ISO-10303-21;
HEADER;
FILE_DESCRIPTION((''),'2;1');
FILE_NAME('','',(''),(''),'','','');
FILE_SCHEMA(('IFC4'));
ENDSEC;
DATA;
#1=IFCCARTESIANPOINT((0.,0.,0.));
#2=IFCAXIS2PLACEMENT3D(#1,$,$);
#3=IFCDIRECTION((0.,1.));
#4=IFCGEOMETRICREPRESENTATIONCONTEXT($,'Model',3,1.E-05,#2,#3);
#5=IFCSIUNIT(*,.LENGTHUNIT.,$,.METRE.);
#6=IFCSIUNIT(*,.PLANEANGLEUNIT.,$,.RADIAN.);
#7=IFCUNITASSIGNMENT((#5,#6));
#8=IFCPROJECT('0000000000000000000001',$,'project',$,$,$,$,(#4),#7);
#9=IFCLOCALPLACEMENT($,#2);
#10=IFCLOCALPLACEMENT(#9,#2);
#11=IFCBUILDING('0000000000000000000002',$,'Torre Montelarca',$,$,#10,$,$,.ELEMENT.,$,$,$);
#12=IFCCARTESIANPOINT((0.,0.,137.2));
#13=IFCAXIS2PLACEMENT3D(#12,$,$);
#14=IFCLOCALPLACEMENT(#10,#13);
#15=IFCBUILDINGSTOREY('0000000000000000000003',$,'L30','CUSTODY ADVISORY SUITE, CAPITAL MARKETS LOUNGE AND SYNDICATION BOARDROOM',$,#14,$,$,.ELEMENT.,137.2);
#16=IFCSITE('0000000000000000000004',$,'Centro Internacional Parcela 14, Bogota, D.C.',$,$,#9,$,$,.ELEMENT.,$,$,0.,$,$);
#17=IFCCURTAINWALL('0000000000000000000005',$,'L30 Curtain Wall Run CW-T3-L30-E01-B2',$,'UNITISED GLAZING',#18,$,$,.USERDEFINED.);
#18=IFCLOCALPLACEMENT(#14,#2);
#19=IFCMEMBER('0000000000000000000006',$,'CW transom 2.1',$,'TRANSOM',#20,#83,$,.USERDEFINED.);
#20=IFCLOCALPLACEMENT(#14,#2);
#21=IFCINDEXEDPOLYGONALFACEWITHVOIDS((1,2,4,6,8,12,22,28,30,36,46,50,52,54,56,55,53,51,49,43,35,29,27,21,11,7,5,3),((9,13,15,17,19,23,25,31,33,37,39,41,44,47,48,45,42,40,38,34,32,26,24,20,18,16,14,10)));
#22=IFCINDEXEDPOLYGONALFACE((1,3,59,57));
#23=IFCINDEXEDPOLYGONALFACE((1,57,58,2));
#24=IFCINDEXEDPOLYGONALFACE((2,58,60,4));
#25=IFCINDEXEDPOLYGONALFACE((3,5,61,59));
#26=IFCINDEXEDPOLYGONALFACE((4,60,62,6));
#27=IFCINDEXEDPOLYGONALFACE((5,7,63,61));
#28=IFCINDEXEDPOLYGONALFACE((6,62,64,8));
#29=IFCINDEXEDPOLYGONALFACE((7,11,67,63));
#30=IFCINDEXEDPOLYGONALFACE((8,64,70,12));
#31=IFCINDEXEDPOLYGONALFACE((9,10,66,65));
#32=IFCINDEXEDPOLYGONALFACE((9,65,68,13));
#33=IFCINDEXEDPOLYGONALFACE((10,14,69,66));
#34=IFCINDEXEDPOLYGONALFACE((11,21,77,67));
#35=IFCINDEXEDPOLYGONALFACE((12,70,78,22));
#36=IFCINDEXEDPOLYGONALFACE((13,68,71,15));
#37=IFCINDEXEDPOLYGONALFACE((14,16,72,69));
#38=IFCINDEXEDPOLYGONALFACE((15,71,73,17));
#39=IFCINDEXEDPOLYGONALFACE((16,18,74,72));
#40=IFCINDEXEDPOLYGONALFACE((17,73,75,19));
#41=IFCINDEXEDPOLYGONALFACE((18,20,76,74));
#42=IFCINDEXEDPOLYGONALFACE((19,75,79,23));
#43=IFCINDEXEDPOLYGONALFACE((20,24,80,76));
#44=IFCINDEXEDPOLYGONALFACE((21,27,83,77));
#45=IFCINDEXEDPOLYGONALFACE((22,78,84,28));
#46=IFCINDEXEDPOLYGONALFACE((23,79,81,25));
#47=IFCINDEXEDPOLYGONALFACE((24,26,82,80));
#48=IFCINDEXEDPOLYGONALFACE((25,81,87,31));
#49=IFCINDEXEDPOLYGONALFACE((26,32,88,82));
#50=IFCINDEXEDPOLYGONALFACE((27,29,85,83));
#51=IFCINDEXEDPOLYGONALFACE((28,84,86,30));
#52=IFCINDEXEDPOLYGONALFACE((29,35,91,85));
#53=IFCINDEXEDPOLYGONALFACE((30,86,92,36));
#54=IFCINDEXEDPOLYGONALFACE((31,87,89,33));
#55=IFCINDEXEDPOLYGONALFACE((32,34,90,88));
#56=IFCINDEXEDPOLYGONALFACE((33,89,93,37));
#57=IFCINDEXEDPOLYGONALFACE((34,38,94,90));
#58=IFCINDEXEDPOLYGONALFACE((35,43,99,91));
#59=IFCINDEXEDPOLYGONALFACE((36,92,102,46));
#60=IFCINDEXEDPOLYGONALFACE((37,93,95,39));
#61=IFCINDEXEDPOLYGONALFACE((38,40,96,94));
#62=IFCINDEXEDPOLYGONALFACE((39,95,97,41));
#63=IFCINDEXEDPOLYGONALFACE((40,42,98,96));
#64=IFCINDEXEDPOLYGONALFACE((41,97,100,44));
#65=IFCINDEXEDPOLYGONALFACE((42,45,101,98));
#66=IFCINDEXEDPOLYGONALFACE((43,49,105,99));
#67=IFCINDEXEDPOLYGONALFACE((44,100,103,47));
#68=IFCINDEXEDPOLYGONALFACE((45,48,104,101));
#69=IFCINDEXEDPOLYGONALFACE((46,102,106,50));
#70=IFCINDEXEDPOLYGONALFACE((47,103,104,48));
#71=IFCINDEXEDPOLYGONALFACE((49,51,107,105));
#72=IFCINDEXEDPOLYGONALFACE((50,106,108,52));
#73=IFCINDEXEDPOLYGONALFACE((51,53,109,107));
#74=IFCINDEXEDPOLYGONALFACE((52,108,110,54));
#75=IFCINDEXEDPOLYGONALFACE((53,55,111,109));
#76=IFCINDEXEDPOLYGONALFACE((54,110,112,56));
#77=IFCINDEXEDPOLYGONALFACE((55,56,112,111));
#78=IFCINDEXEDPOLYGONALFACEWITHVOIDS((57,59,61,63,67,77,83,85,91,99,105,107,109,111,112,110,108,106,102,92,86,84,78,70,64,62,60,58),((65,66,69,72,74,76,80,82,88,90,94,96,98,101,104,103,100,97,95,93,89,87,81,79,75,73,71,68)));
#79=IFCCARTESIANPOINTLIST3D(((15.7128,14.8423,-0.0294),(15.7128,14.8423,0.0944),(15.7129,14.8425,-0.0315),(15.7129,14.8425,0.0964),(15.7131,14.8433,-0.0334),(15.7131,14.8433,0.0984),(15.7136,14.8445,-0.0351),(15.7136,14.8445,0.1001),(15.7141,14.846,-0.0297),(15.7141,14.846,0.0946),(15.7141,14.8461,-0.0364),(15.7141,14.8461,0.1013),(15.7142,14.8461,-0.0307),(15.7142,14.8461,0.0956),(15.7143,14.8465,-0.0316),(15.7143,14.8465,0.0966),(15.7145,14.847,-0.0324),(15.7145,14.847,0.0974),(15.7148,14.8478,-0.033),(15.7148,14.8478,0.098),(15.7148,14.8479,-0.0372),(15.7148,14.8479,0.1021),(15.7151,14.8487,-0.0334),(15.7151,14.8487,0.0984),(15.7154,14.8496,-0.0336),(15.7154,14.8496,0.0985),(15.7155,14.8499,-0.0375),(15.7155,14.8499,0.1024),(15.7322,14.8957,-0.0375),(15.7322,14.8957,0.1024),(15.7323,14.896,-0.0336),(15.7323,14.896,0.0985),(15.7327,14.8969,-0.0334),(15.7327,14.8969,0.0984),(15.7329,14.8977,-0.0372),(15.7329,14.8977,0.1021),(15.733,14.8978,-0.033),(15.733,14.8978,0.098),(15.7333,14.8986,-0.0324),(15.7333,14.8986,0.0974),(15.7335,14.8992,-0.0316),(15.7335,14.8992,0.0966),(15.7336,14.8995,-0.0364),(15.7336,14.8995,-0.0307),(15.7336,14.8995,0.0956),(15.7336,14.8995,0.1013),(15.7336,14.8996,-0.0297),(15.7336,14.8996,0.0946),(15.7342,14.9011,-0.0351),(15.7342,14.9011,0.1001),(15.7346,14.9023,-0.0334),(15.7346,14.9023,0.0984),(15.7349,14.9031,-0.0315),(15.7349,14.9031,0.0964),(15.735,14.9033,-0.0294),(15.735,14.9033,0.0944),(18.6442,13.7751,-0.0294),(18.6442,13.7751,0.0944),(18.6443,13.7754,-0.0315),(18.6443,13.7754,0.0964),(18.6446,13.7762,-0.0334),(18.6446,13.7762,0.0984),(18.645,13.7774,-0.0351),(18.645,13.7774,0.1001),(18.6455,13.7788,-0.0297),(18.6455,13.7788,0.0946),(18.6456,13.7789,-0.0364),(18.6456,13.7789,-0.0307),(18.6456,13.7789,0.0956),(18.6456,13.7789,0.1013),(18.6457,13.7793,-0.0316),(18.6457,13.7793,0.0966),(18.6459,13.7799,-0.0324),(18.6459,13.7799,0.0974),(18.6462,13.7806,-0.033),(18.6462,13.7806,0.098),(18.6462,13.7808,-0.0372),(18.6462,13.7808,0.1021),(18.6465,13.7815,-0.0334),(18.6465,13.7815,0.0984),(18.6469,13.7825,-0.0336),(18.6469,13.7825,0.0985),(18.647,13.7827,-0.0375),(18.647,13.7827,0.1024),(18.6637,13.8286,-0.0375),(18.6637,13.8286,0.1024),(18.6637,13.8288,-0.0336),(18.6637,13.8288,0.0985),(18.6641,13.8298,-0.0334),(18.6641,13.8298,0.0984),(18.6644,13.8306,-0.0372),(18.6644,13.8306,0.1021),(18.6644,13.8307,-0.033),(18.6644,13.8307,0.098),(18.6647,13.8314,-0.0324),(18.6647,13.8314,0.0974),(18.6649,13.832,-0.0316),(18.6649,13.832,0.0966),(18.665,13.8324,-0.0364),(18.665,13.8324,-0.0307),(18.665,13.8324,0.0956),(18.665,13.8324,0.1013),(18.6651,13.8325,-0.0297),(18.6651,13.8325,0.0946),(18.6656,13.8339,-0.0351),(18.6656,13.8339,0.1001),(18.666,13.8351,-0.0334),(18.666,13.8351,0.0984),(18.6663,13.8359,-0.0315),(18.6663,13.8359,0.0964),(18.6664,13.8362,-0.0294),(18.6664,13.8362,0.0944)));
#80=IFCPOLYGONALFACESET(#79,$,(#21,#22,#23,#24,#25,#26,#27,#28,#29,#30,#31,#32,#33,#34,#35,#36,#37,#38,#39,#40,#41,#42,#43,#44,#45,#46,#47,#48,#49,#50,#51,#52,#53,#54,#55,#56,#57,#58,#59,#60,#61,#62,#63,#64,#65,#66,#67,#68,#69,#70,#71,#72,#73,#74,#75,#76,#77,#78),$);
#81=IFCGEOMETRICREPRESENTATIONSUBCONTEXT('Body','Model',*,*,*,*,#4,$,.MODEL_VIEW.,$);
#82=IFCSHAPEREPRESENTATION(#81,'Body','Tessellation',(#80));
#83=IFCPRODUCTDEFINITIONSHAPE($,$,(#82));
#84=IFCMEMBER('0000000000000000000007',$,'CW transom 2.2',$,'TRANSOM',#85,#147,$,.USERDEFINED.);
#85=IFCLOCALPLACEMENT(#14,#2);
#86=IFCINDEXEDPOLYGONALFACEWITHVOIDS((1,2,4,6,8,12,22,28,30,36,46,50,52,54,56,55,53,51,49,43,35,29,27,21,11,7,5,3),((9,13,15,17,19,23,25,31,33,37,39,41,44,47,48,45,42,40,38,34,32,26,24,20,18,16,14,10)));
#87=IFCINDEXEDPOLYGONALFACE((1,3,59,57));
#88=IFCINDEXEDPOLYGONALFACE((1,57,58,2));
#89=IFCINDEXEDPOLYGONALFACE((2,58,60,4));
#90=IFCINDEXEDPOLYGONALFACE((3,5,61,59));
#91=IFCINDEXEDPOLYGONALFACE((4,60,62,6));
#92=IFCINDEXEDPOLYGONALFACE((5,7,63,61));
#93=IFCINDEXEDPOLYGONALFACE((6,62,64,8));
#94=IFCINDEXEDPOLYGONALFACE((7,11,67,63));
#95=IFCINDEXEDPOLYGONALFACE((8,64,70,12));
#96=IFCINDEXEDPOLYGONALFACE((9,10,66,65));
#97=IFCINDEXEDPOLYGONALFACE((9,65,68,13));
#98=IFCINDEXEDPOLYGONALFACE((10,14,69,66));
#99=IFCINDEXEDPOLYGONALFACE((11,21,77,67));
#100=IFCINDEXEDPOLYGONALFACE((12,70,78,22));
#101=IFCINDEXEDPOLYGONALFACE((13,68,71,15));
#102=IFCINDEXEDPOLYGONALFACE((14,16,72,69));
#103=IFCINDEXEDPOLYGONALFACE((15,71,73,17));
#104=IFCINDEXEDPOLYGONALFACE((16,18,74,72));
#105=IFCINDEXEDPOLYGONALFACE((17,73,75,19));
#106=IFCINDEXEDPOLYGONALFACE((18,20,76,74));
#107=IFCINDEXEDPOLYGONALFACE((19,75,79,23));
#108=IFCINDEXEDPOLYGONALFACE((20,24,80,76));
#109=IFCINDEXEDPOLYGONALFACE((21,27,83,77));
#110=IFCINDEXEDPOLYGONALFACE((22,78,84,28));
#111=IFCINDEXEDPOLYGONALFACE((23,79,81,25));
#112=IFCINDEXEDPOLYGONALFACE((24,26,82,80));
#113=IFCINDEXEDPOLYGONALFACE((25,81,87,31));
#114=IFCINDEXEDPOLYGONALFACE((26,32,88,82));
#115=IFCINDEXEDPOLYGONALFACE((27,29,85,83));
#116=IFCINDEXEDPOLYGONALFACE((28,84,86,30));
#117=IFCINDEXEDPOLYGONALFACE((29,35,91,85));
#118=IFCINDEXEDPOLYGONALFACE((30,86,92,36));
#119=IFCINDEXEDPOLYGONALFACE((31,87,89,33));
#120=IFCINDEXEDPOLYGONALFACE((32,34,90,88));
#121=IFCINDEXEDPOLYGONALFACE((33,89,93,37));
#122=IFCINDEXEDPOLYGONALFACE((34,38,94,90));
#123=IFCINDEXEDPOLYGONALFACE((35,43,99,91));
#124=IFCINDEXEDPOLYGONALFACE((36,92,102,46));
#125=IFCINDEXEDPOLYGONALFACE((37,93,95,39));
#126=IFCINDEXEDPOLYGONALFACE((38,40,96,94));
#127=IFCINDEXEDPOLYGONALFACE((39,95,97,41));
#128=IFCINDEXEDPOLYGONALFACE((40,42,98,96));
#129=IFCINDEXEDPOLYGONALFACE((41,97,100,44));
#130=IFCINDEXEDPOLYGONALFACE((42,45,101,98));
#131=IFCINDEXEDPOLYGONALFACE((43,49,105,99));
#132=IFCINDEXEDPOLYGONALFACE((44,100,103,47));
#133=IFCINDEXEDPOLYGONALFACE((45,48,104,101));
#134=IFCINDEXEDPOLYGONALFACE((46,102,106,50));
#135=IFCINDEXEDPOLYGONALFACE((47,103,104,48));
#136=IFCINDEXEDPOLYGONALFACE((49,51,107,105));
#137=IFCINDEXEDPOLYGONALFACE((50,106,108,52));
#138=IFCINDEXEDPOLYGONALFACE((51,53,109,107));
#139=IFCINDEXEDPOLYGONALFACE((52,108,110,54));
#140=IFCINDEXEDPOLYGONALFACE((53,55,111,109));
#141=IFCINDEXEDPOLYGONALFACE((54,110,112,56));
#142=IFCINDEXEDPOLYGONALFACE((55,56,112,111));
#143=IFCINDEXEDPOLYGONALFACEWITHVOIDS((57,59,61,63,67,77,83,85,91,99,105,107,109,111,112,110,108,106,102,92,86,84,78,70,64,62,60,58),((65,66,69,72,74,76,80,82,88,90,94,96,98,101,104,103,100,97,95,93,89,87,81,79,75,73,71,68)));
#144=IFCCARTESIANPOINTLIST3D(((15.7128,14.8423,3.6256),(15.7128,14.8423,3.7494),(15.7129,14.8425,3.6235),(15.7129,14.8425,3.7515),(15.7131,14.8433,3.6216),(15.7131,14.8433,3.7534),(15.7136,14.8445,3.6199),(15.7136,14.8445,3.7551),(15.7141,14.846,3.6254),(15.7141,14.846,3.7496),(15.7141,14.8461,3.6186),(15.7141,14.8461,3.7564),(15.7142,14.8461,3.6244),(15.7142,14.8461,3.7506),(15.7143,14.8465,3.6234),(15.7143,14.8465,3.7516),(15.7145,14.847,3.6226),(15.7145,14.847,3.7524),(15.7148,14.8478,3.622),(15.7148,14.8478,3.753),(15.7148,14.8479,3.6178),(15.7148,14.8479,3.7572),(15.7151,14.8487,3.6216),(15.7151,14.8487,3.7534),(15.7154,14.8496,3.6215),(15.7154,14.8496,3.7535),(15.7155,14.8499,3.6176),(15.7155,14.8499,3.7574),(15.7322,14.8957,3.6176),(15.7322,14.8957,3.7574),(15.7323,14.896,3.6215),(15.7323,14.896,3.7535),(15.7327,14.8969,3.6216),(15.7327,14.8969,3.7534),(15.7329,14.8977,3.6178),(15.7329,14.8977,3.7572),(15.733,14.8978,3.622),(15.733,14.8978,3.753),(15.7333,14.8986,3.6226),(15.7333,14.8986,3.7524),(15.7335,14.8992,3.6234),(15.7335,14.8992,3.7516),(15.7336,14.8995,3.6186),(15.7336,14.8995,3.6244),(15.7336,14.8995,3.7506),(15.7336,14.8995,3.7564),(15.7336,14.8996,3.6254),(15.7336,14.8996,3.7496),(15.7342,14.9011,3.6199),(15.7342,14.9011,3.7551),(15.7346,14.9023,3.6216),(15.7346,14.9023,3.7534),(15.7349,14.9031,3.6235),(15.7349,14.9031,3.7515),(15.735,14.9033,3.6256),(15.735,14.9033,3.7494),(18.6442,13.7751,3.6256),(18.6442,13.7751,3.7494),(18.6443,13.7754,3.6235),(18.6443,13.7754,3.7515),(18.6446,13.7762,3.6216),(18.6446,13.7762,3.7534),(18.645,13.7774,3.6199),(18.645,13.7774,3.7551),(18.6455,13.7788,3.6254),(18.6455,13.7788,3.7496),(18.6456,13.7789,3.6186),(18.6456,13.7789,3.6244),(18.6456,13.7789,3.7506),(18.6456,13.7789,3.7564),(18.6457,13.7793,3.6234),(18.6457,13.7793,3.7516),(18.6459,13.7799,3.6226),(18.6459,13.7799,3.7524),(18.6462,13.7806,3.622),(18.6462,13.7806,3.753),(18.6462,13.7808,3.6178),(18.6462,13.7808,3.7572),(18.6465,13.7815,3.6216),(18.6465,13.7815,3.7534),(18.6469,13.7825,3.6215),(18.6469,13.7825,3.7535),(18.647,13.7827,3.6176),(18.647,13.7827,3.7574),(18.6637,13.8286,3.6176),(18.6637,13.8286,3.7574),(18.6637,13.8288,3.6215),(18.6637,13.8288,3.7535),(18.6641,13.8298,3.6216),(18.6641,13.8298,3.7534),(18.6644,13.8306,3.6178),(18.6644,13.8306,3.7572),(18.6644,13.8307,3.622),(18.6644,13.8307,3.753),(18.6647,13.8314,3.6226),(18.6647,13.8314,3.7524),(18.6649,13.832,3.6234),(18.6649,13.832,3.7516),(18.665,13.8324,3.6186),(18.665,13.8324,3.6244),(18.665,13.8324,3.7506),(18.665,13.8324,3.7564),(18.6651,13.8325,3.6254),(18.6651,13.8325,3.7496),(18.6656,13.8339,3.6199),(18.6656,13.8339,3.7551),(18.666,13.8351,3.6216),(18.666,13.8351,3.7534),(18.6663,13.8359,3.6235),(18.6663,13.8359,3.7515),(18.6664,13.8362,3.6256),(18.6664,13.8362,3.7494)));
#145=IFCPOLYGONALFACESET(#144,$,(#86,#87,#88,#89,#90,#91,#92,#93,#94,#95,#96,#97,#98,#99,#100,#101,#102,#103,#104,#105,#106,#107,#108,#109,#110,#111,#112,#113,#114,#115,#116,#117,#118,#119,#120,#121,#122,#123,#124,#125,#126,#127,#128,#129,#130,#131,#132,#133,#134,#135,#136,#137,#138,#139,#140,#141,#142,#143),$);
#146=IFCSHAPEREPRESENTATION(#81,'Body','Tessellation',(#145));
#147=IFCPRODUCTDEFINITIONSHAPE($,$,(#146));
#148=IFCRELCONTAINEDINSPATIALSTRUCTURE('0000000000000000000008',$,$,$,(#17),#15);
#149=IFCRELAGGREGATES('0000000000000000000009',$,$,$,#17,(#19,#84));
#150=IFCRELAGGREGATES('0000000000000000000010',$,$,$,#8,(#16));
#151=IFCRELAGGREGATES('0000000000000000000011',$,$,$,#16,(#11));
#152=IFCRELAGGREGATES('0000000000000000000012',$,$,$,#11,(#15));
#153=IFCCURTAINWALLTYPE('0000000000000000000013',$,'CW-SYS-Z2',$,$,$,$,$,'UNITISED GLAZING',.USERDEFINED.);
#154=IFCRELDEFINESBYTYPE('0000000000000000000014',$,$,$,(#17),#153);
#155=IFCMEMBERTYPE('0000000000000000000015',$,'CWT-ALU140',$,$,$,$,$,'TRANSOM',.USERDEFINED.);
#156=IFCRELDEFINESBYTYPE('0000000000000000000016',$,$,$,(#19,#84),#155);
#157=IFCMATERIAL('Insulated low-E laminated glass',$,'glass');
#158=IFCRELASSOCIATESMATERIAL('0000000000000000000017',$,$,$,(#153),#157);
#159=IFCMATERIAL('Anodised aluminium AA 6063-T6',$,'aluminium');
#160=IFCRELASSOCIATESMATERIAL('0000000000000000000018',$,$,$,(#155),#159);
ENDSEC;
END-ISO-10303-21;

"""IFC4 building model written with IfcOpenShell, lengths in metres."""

from ifc_helpers import new_model, si_unit, direction, frame, origin, origin_2d, place, context, subcontext, project, spatial, hollow_rectangle, extrude, source, transform, mapped, material, material_profile, profile_set, type_object, element, aggregate, save


model = new_model("IFC4")

# Units and contexts
model_context = context("Model", 3, precision=1e-05, world=origin(), true_north=direction((0.0, 1.0)))
body_context = subcontext(model_context, "Body", "Model", "MODEL_VIEW")
ifc_project = project(units=[si_unit("LENGTHUNIT", "METRE"), si_unit("PLANEANGLEUNIT", "RADIAN")], contexts=[model_context])

# Site, building, storey
site_placement = place(None, origin())
site = spatial("IfcSite", under=ifc_project, at=site_placement, Name="Centro Internacional Parcela 14, Bogota, D.C.", CompositionType="ELEMENT", RefElevation=0.0)
building_placement = place(site_placement, origin())
building = spatial("IfcBuilding", under=site, at=building_placement, Name="Torre Montelarca", CompositionType="ELEMENT")
storey_placement = place(building_placement, frame((0.0, 0.0, 137.2)))
storey = spatial("IfcBuildingStorey", under=building, at=storey_placement, Name="L30", Description="CUSTODY ADVISORY SUITE, CAPITAL MARKETS LOUNGE AND SYNDICATION BOARDROOM", CompositionType="ELEMENT", Elevation=137.2)

# Curtain wall
ifc_material_1 = material(Name="Insulated low-E laminated glass", Category="glass")
curtain_wall_type = type_object("IfcCurtainWallType", Name="CW-SYS-Z2", ElementType="UNITISED GLAZING", PredefinedType="USERDEFINED", material=ifc_material_1)
ifc_material_2 = material(Name="Anodised aluminium AA 6063-T6", Category="aluminium")
curtain_wall_1_placement = place(storey_placement, origin())
curtain_wall_1 = element("IfcCurtainWall", 1, at=curtain_wall_1_placement, inside=storey, type_object=curtain_wall_type, Name="L30 Curtain Wall Run CW-T3-L30-E01-B2", ObjectType="UNITISED GLAZING", PredefinedType="USERDEFINED")

# Members
ifc_material_profile_1 = material_profile(ifc_material_2, hollow_rectangle(XDim=0.0649, YDim=0.1399, WallThickness=0.0039, InnerFilletRadius=0.0039, OuterFilletRadius=0.0081, at=origin_2d()), Name="ALU65X140X4", Category="aluminium")
ifc_profile_set_1 = profile_set([ifc_material_profile_1], Name="Anodised aluminium AA 6063-T6")
member_type_1 = type_object("IfcMemberType", Name="CWT-ALU140", ElementType="TRANSOM", PredefinedType="USERDEFINED", material=ifc_profile_set_1)
shared_shape_1 = source(origin(), body_context, "Body", "SweptSolid", [
    extrude(hollow_rectangle(XDim=0.0649, YDim=0.1399, WallThickness=0.0039, InnerFilletRadius=0.0039, OuterFilletRadius=0.0081, at=origin_2d()), origin(), (0.0, 0.0, 1.0), 3.1196),
])
member_1_placement = place(storey_placement, frame((15.7239, 14.8728, 0.0325), z_axis=(0.939672, -0.342076, 0.0), x_axis=(0.342076, 0.939672, 0.0)))
member_1 = element("IfcMember", 2, at=member_1_placement, type_object=member_type_1, Name="CW transom 2.1", ObjectType="TRANSOM", PredefinedType="USERDEFINED", context=body_context, shape_type="MappedRepresentation", body=[
    mapped(shared_shape_1, transform((0.0, 0.0, 0.0), scale=1.0)),
])
member_2_placement = place(storey_placement, frame((15.7239, 14.8728, 3.6875), z_axis=(0.939672, -0.342076, 0.0), x_axis=(0.342076, 0.939672, 0.0)))
member_2 = element("IfcMember", 3, at=member_2_placement, type_object=member_type_1, Name="CW transom 2.2", ObjectType="TRANSOM", PredefinedType="USERDEFINED", context=body_context, shape_type="MappedRepresentation", body=[
    mapped(shared_shape_1, transform((0.0, 0.0, 0.0), scale=1.0)),
])

aggregate(curtain_wall_1, [member_1, member_2])

save(model, "model.ifc")
